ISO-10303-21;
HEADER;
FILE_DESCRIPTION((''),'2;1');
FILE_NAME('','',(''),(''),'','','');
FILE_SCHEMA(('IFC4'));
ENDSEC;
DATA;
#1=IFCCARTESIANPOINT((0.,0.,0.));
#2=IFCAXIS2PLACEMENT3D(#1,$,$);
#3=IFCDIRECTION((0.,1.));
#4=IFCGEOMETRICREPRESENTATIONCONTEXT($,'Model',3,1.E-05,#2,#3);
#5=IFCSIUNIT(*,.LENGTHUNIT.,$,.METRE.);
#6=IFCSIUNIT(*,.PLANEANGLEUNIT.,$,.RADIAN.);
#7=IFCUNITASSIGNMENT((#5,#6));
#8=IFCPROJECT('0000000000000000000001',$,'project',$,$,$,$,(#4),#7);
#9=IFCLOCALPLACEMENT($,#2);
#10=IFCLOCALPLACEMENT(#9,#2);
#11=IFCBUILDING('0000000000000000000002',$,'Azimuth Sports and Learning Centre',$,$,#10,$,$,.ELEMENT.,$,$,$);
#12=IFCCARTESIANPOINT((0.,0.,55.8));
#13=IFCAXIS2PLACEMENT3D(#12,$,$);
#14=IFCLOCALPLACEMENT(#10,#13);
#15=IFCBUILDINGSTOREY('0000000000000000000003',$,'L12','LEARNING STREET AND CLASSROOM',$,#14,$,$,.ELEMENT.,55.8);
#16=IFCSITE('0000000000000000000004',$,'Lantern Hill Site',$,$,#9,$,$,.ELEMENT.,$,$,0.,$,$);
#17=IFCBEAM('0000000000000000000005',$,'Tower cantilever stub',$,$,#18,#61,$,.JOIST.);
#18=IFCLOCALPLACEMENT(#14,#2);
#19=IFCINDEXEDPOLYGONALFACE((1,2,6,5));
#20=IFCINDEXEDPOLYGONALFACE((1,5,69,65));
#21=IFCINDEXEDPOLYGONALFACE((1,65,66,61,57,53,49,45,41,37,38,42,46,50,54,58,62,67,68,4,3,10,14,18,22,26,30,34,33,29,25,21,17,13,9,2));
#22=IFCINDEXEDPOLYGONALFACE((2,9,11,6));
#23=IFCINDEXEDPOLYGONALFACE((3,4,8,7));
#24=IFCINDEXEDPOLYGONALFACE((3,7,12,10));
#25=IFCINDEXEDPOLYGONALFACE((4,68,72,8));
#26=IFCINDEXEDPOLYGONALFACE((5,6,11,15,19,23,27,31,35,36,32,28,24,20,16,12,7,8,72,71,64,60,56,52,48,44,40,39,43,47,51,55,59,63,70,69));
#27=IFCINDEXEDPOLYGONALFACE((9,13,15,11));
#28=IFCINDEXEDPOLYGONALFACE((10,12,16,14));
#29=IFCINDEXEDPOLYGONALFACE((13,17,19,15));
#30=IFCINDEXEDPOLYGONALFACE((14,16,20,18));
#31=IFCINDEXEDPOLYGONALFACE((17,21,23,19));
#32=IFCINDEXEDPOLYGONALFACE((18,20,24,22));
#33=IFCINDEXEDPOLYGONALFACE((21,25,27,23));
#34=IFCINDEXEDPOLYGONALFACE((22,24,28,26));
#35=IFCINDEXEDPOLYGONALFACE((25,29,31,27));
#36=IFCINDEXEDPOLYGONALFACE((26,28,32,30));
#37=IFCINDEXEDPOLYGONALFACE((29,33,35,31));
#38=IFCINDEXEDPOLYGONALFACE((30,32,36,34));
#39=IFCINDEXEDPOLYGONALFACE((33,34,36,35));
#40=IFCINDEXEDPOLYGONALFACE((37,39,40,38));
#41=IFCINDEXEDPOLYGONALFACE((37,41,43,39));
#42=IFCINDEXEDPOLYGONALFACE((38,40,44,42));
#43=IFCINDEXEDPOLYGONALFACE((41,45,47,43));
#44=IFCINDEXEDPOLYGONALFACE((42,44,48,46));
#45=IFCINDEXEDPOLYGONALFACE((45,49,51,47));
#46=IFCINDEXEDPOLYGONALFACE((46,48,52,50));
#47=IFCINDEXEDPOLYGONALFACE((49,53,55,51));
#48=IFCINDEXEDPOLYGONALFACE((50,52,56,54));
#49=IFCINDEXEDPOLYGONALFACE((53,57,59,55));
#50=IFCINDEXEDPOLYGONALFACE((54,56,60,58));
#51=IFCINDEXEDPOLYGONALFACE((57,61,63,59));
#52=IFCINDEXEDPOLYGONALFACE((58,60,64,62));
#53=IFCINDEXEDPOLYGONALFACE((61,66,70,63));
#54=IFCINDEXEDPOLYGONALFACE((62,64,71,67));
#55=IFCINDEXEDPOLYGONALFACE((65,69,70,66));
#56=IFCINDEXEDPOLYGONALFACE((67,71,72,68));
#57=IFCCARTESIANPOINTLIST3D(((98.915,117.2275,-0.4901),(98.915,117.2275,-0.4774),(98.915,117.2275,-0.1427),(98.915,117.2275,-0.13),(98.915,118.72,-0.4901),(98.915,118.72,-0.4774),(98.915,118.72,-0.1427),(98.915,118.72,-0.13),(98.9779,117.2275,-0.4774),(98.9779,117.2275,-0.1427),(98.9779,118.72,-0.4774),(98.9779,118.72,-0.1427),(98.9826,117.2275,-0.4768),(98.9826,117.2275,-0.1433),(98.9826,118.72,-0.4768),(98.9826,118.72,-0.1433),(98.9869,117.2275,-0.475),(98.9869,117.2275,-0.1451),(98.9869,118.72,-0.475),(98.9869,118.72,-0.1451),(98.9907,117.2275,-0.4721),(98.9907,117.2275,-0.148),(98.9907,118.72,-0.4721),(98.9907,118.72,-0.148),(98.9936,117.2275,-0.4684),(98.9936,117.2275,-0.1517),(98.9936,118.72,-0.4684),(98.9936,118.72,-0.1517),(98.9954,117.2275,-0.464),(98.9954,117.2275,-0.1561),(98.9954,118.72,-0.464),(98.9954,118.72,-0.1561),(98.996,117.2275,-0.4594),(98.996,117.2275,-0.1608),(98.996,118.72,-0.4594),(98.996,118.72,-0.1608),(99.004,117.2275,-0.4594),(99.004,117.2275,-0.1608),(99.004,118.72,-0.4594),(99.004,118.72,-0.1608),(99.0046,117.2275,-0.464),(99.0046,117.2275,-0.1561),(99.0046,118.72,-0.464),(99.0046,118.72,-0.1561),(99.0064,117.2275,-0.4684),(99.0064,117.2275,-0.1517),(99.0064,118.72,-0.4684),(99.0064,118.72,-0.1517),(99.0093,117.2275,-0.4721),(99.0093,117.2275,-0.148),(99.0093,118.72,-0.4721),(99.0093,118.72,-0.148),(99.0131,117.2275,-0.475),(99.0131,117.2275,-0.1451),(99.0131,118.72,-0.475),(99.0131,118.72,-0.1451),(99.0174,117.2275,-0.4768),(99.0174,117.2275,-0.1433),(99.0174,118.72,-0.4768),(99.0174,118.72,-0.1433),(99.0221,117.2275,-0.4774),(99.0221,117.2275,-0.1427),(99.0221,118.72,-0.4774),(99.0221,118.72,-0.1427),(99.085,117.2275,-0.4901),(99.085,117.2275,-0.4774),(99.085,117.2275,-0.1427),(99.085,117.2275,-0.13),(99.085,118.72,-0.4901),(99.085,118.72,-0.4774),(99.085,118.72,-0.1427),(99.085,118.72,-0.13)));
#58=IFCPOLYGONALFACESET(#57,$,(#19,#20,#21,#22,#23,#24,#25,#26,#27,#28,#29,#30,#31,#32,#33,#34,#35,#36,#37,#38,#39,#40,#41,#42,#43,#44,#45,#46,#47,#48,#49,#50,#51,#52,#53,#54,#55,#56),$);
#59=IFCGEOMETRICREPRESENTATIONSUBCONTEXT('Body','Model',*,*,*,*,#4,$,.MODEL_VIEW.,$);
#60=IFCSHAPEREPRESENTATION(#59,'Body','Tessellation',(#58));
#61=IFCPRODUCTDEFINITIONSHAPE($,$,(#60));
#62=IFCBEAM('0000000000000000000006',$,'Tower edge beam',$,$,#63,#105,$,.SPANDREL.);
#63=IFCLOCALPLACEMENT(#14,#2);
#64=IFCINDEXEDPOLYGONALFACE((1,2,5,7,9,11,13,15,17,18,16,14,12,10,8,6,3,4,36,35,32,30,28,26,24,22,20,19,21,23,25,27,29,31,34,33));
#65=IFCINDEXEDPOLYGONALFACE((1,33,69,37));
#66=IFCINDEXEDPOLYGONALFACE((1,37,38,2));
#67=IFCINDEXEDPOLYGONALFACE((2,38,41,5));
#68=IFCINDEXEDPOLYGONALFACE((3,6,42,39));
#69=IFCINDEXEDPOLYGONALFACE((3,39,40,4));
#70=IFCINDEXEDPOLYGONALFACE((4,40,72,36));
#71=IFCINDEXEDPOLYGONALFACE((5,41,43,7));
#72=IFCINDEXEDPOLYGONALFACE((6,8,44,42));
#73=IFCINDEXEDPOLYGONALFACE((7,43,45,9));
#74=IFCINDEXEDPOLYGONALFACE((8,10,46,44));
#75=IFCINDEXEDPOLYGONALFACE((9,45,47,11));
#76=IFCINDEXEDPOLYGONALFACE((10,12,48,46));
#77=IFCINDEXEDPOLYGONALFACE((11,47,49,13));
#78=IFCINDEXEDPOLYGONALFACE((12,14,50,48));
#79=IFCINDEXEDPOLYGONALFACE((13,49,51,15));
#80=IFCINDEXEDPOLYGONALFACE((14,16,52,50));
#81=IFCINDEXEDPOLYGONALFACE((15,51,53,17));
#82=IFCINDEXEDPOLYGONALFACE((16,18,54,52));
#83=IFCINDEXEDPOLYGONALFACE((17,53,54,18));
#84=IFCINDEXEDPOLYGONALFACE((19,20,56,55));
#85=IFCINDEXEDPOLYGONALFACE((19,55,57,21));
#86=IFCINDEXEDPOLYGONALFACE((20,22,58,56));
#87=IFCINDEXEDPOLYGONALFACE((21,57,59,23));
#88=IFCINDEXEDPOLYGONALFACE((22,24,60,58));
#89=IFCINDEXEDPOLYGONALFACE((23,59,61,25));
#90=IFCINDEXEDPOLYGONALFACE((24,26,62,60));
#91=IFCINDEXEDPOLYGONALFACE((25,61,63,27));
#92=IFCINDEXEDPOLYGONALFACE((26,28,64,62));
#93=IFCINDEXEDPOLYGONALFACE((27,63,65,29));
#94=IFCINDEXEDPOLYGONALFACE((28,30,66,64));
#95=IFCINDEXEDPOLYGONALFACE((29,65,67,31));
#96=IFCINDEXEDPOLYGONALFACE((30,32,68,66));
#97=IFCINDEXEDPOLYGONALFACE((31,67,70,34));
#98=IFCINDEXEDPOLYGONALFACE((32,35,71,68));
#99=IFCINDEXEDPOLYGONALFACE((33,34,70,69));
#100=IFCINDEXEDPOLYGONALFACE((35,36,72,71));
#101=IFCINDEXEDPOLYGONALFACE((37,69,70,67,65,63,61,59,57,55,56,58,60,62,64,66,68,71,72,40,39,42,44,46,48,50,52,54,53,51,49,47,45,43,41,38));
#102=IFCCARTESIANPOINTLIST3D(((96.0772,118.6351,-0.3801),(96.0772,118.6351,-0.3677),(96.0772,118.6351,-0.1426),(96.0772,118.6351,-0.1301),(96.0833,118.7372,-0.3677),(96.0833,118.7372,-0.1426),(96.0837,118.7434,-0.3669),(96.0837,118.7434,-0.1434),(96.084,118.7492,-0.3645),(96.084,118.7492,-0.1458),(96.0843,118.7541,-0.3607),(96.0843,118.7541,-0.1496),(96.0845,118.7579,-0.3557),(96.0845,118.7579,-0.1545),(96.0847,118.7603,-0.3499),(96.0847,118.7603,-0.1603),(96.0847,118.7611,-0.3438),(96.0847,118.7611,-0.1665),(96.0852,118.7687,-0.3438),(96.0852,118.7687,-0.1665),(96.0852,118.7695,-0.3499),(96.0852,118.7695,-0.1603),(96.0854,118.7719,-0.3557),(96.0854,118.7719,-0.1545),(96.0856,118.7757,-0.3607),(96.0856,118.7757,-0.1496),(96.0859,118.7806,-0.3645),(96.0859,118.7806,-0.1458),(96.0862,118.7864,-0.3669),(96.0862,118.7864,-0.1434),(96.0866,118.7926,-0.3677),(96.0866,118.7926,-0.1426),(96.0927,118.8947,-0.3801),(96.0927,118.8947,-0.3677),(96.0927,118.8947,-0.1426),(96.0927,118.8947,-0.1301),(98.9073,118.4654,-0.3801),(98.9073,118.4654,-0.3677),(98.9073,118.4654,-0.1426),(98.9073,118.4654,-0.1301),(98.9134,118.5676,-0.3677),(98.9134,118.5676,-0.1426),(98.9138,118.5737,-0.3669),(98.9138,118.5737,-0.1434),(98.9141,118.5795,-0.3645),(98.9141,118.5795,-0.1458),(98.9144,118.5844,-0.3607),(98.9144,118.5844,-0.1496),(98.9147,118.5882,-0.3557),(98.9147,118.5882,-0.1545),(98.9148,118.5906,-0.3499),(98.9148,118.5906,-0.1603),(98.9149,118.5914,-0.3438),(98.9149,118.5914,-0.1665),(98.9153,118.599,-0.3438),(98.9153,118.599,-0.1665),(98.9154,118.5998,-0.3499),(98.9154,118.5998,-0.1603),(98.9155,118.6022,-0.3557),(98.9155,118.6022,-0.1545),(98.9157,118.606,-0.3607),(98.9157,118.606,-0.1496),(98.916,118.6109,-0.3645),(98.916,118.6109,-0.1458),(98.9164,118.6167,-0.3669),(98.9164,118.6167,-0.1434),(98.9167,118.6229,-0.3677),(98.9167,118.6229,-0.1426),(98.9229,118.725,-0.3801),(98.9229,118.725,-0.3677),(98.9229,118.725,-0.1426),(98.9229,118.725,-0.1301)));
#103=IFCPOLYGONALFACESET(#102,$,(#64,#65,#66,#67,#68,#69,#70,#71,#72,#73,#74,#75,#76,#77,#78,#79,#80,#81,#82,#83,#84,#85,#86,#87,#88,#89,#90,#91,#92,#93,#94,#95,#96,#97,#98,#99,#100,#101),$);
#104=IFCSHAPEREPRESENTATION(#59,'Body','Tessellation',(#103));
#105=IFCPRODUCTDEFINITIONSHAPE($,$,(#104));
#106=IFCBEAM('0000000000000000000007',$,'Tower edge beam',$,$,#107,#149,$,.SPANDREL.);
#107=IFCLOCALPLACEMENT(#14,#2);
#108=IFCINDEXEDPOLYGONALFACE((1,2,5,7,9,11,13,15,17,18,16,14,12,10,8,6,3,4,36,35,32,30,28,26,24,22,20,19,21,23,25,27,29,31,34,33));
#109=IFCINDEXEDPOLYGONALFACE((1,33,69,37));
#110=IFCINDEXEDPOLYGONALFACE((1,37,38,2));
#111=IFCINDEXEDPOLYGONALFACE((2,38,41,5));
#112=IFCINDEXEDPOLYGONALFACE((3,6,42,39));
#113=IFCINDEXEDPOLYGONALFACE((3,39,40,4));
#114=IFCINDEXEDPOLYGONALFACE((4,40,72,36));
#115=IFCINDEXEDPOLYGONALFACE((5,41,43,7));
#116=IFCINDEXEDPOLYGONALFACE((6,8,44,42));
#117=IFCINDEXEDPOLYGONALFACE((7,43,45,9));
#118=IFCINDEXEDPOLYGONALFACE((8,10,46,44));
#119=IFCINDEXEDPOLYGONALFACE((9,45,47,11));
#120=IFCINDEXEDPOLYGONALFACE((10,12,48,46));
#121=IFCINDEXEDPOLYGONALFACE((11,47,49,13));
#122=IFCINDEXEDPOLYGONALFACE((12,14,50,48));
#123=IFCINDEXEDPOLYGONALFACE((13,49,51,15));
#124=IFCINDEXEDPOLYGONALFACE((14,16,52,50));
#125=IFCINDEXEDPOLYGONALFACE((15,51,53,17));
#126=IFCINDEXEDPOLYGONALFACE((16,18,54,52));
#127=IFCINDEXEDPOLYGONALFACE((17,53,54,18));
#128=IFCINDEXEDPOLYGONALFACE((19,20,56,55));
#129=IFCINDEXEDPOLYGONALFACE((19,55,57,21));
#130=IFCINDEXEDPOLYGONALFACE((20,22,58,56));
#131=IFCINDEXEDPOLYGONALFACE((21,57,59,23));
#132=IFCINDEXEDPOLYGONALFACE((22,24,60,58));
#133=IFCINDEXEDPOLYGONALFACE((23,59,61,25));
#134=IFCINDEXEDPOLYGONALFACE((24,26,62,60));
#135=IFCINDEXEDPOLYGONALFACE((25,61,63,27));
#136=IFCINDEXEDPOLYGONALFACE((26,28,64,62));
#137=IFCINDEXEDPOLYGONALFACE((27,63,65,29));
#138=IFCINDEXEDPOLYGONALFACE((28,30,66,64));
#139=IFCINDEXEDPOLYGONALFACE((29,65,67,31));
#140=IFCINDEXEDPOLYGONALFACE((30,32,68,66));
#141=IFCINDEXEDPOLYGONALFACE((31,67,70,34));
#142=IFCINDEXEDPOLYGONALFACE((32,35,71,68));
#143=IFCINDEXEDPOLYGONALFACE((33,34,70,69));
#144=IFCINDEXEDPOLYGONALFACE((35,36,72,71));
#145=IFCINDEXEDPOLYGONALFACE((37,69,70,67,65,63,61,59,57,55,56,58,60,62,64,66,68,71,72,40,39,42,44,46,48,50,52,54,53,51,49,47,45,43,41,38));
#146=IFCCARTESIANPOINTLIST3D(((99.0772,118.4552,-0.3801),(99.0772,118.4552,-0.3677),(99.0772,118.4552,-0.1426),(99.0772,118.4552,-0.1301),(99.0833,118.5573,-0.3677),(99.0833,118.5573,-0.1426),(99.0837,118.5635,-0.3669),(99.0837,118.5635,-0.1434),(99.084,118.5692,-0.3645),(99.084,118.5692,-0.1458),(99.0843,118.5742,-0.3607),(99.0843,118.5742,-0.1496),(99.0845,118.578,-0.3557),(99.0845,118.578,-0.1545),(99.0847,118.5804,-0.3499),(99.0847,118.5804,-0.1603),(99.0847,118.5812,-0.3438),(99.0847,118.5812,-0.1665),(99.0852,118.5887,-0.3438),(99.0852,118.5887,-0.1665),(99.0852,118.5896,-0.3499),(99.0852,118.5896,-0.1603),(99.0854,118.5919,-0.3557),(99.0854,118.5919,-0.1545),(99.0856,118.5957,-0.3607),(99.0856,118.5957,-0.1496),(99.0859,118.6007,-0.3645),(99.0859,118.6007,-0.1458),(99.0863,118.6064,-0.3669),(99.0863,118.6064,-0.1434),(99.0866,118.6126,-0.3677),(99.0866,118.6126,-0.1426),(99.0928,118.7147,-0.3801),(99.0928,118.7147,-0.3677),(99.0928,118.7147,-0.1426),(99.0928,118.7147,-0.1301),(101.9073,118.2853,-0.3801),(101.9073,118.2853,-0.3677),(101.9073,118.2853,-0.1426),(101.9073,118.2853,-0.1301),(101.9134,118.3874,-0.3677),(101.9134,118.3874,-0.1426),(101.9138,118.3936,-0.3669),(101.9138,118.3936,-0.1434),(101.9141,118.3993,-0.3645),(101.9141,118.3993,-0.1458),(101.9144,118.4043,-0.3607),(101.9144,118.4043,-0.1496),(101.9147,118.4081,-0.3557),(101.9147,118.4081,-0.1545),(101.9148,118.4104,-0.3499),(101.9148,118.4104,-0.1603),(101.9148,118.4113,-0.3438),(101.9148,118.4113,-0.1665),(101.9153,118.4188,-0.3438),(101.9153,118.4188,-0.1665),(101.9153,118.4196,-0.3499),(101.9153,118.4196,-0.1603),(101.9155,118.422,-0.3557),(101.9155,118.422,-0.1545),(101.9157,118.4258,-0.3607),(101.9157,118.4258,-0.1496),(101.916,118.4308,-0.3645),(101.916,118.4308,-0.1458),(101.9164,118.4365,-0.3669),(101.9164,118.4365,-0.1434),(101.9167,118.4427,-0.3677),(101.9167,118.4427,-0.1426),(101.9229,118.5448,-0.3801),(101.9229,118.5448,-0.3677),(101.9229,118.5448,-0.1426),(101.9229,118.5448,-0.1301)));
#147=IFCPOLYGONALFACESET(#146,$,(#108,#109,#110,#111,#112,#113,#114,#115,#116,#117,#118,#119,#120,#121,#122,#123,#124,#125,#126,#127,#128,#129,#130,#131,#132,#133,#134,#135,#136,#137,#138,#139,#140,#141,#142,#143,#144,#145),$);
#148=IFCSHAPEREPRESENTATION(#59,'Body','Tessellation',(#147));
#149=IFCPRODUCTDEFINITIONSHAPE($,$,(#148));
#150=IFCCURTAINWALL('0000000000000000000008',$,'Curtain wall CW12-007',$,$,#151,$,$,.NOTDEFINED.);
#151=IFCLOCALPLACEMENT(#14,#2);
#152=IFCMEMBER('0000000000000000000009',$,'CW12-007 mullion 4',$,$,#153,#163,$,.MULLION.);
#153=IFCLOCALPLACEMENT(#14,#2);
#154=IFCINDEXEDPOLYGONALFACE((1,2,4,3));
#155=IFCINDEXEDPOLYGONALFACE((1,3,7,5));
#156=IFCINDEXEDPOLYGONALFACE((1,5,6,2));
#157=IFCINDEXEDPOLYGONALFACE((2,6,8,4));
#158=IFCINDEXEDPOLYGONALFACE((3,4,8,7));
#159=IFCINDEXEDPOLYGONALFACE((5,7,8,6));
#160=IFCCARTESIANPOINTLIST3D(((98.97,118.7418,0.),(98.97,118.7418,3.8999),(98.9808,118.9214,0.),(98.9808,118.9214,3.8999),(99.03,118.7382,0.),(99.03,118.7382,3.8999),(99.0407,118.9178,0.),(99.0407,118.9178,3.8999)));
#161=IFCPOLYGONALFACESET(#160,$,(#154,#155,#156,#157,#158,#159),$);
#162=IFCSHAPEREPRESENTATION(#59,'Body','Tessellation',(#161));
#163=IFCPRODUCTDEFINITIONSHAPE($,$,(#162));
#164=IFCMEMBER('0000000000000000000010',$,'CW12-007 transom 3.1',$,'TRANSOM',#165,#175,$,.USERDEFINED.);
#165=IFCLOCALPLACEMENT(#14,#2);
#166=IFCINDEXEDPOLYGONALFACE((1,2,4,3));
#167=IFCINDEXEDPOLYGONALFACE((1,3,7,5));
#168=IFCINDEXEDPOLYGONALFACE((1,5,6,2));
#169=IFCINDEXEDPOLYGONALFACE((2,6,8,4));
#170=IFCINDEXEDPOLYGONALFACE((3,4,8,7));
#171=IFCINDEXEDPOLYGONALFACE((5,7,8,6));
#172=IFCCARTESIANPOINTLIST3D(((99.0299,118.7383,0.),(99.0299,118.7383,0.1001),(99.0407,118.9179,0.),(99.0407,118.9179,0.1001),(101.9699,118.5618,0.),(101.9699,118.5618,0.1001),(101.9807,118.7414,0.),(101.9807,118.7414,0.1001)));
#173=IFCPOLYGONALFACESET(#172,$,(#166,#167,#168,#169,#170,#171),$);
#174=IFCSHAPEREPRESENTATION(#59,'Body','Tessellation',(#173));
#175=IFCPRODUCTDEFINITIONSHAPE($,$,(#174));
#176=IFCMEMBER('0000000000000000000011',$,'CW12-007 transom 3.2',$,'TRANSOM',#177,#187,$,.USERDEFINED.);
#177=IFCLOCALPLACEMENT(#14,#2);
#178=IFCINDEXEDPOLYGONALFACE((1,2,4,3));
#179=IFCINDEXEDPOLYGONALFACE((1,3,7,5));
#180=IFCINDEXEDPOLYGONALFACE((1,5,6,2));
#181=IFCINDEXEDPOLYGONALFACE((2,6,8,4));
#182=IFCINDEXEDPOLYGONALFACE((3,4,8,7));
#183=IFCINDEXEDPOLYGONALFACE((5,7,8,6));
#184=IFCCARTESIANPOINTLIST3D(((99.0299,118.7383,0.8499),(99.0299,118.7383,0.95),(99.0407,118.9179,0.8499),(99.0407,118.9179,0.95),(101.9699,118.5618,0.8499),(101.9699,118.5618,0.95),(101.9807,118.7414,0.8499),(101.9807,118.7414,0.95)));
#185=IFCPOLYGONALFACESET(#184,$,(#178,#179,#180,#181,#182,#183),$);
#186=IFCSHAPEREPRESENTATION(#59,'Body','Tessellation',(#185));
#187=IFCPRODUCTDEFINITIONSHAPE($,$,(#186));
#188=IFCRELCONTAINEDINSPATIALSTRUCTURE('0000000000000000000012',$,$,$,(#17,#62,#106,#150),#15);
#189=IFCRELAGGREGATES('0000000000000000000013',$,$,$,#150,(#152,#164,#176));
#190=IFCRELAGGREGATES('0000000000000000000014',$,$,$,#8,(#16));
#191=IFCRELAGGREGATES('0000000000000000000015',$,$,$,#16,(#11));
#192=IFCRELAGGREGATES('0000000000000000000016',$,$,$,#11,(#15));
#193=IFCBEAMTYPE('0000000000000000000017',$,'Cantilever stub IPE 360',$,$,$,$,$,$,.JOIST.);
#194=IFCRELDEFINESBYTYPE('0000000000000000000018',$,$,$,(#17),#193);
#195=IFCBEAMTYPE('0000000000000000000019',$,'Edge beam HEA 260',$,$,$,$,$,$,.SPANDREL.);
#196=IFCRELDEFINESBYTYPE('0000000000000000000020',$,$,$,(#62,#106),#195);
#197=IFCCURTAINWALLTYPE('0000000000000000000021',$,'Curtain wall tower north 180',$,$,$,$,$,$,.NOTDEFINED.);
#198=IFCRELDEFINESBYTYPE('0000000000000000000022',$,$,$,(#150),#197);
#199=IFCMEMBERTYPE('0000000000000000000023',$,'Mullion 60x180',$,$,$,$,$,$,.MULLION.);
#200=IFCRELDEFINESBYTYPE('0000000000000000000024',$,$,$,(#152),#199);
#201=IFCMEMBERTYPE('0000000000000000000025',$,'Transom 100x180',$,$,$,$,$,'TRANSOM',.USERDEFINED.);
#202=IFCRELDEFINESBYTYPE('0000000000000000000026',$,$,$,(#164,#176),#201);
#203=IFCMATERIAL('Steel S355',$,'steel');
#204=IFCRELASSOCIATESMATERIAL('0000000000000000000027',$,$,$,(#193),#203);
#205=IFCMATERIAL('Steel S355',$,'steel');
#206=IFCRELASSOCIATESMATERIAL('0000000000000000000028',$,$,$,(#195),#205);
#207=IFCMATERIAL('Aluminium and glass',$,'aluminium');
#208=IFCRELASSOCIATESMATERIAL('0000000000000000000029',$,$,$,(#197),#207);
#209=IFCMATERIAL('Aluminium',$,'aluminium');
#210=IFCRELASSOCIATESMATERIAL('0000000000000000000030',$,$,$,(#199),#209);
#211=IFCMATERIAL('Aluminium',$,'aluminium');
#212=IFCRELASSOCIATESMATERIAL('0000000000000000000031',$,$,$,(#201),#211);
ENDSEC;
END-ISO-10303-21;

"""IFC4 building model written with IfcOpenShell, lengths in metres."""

from ifc_helpers import new_model, si_unit, direction, frame, origin, origin_2d, place, context, subcontext, project, spatial, rectangle, i_section, extrude, material, material_profile, profile_set, type_object, element, aggregate, save


model = new_model("IFC4")

# Units and contexts
model_context = context("Model", 3, precision=1e-05, world=origin(), true_north=direction((0.0, 1.0)))
body_context = subcontext(model_context, "Body", "Model", "MODEL_VIEW")
ifc_project = project(units=[si_unit("LENGTHUNIT", "METRE"), si_unit("PLANEANGLEUNIT", "RADIAN")], contexts=[model_context])

# Site, building, storey
site_placement = place(None, origin())
site = spatial("IfcSite", under=ifc_project, at=site_placement, Name="Lantern Hill Site", CompositionType="ELEMENT", RefElevation=0.0)
building_placement = place(site_placement, origin())
building = spatial("IfcBuilding", under=site, at=building_placement, Name="Azimuth Sports and Learning Centre", CompositionType="ELEMENT")
storey_placement = place(building_placement, frame((0.0, 0.0, 55.8)))
storey = spatial("IfcBuildingStorey", under=building, at=storey_placement, Name="L12", Description="LEARNING STREET AND CLASSROOM", CompositionType="ELEMENT", Elevation=55.8)

# Beams
ifc_material_1 = material(Name="Steel S355", Category="steel")
ifc_material_profile_1 = material_profile(ifc_material_1, i_section(OverallWidth=0.1699, OverallDepth=0.3601, WebThickness=0.0081, FlangeThickness=0.0127, FilletRadius=0.0181, at=origin_2d()), Name="IPE 360")
ifc_profile_set_1 = profile_set([ifc_material_profile_1], Name="Steel S355")
beam_type_1 = type_object("IfcBeamType", Name="Cantilever stub IPE 360", PredefinedType="JOIST", material=ifc_profile_set_1)
beam_1_placement = place(storey_placement, frame((99.0, 117.2275, -0.3101), z_axis=(0.0, 1.0, 0.0), x_axis=(-1.0, 0.0, 0.0)))
element("IfcBeam", 1, at=beam_1_placement, inside=storey, type_object=beam_type_1, Name="Tower cantilever stub", PredefinedType="JOIST", context=body_context, shape_type="SweptSolid", body=[
    extrude(i_section(OverallWidth=0.1699, OverallDepth=0.3601, WebThickness=0.0081, FlangeThickness=0.0127, FilletRadius=0.0181, at=origin_2d()), origin(), (0.0, 0.0, 1.0), 1.4924),
])
ifc_material_2 = material(Name="Steel S355", Category="steel")
ifc_material_profile_2 = material_profile(ifc_material_2, i_section(OverallWidth=0.26, OverallDepth=0.25, WebThickness=0.0076, FlangeThickness=0.0125, FilletRadius=0.0239, at=origin_2d()), Name="HEA 260")
ifc_profile_set_2 = profile_set([ifc_material_profile_2], Name="Steel S355")
beam_type_2 = type_object("IfcBeamType", Name="Edge beam HEA 260", PredefinedType="SPANDREL", material=ifc_profile_set_2)
for number, where, z_axis, x_axis, name in (
    (2, (96.085, 118.7649, -0.2551), (0.998208, -0.059848, 0.0), (0.059848, 0.998208, 0.0), "Tower edge beam"),
    (3, (99.085, 118.585, -0.2551), (0.998202, -0.059933, 0.0), (0.059933, 0.998202, 0.0), "Tower edge beam"),
):
    element("IfcBeam", number, at=place(storey_placement, frame(where, z_axis=z_axis, x_axis=x_axis)), inside=storey, type_object=beam_type_2, Name=name, PredefinedType="SPANDREL", context=body_context, shape_type="SweptSolid", body=[
        extrude(i_section(OverallWidth=0.26, OverallDepth=0.25, WebThickness=0.0076, FlangeThickness=0.0125, FilletRadius=0.0239, at=origin_2d()), origin(), (0.0, 0.0, 1.0), 2.8352),
    ])

# Curtain wall, members
ifc_material_3 = material(Name="Aluminium and glass", Category="aluminium")
curtain_wall_type = type_object("IfcCurtainWallType", Name="Curtain wall tower north 180", PredefinedType="NOTDEFINED", material=ifc_material_3)
curtain_wall_placement = place(storey_placement, origin())
curtain_wall = element("IfcCurtainWall", 4, at=curtain_wall_placement, inside=storey, type_object=curtain_wall_type, Name="Curtain wall CW12-007", PredefinedType="NOTDEFINED")
ifc_material_4 = material(Name="Aluminium", Category="aluminium")
ifc_material_profile_3 = material_profile(ifc_material_4, rectangle(XDim=0.1799, YDim=0.0601, at=origin_2d()), Name="Mullion 60x180")
ifc_profile_set_3 = profile_set([ifc_material_profile_3], Name="Aluminium")
member_type_1 = type_object("IfcMemberType", Name="Mullion 60x180", PredefinedType="MULLION", material=ifc_profile_set_3)
member_1_placement = place(storey_placement, frame((99.0054, 118.8298, 0.0), z_axis=(0.0, 0.0, 1.0), x_axis=(-0.059892, -0.998205, 0.0)))
member_1 = element("IfcMember", 5, at=member_1_placement, type_object=member_type_1, Name="CW12-007 mullion 4", PredefinedType="MULLION", context=body_context, shape_type="SweptSolid", body=[
    extrude(rectangle(XDim=0.1799, YDim=0.0601, at=origin_2d()), origin(), (0.0, 0.0, 1.0), 3.8999),
])
ifc_material_5 = material(Name="Aluminium", Category="aluminium")
ifc_material_profile_4 = material_profile(ifc_material_5, rectangle(XDim=0.1799, YDim=0.1001, at=origin_2d()), Name="Transom 100x180")
ifc_profile_set_4 = profile_set([ifc_material_profile_4], Name="Aluminium")
member_type_2 = type_object("IfcMemberType", Name="Transom 100x180", ElementType="TRANSOM", PredefinedType="USERDEFINED", material=ifc_profile_set_4)
member_2_placement = place(storey_placement, frame((101.9753, 118.6516, 0.05), z_axis=(-0.998202, 0.059932, 0.0), x_axis=(-0.059932, -0.998202, 0.0)))
member_2 = element("IfcMember", 6, at=member_2_placement, type_object=member_type_2, Name="CW12-007 transom 3.1", ObjectType="TRANSOM", PredefinedType="USERDEFINED", context=body_context, shape_type="SweptSolid", body=[
    extrude(rectangle(XDim=0.1799, YDim=0.1001, at=origin_2d()), origin(), (0.0, 0.0, 1.0), 2.9453),
])
member_3_placement = place(storey_placement, frame((101.9753, 118.6516, 0.8999), z_axis=(-0.998202, 0.059932, 0.0), x_axis=(-0.059932, -0.998202, 0.0)))
member_3 = element("IfcMember", 7, at=member_3_placement, type_object=member_type_2, Name="CW12-007 transom 3.2", ObjectType="TRANSOM", PredefinedType="USERDEFINED", context=body_context, shape_type="SweptSolid", body=[
    extrude(rectangle(XDim=0.1799, YDim=0.1001, at=origin_2d()), origin(), (0.0, 0.0, 1.0), 2.9453),
])
aggregate(curtain_wall, [member_1, member_2, member_3])

save(model, "model.ifc")
